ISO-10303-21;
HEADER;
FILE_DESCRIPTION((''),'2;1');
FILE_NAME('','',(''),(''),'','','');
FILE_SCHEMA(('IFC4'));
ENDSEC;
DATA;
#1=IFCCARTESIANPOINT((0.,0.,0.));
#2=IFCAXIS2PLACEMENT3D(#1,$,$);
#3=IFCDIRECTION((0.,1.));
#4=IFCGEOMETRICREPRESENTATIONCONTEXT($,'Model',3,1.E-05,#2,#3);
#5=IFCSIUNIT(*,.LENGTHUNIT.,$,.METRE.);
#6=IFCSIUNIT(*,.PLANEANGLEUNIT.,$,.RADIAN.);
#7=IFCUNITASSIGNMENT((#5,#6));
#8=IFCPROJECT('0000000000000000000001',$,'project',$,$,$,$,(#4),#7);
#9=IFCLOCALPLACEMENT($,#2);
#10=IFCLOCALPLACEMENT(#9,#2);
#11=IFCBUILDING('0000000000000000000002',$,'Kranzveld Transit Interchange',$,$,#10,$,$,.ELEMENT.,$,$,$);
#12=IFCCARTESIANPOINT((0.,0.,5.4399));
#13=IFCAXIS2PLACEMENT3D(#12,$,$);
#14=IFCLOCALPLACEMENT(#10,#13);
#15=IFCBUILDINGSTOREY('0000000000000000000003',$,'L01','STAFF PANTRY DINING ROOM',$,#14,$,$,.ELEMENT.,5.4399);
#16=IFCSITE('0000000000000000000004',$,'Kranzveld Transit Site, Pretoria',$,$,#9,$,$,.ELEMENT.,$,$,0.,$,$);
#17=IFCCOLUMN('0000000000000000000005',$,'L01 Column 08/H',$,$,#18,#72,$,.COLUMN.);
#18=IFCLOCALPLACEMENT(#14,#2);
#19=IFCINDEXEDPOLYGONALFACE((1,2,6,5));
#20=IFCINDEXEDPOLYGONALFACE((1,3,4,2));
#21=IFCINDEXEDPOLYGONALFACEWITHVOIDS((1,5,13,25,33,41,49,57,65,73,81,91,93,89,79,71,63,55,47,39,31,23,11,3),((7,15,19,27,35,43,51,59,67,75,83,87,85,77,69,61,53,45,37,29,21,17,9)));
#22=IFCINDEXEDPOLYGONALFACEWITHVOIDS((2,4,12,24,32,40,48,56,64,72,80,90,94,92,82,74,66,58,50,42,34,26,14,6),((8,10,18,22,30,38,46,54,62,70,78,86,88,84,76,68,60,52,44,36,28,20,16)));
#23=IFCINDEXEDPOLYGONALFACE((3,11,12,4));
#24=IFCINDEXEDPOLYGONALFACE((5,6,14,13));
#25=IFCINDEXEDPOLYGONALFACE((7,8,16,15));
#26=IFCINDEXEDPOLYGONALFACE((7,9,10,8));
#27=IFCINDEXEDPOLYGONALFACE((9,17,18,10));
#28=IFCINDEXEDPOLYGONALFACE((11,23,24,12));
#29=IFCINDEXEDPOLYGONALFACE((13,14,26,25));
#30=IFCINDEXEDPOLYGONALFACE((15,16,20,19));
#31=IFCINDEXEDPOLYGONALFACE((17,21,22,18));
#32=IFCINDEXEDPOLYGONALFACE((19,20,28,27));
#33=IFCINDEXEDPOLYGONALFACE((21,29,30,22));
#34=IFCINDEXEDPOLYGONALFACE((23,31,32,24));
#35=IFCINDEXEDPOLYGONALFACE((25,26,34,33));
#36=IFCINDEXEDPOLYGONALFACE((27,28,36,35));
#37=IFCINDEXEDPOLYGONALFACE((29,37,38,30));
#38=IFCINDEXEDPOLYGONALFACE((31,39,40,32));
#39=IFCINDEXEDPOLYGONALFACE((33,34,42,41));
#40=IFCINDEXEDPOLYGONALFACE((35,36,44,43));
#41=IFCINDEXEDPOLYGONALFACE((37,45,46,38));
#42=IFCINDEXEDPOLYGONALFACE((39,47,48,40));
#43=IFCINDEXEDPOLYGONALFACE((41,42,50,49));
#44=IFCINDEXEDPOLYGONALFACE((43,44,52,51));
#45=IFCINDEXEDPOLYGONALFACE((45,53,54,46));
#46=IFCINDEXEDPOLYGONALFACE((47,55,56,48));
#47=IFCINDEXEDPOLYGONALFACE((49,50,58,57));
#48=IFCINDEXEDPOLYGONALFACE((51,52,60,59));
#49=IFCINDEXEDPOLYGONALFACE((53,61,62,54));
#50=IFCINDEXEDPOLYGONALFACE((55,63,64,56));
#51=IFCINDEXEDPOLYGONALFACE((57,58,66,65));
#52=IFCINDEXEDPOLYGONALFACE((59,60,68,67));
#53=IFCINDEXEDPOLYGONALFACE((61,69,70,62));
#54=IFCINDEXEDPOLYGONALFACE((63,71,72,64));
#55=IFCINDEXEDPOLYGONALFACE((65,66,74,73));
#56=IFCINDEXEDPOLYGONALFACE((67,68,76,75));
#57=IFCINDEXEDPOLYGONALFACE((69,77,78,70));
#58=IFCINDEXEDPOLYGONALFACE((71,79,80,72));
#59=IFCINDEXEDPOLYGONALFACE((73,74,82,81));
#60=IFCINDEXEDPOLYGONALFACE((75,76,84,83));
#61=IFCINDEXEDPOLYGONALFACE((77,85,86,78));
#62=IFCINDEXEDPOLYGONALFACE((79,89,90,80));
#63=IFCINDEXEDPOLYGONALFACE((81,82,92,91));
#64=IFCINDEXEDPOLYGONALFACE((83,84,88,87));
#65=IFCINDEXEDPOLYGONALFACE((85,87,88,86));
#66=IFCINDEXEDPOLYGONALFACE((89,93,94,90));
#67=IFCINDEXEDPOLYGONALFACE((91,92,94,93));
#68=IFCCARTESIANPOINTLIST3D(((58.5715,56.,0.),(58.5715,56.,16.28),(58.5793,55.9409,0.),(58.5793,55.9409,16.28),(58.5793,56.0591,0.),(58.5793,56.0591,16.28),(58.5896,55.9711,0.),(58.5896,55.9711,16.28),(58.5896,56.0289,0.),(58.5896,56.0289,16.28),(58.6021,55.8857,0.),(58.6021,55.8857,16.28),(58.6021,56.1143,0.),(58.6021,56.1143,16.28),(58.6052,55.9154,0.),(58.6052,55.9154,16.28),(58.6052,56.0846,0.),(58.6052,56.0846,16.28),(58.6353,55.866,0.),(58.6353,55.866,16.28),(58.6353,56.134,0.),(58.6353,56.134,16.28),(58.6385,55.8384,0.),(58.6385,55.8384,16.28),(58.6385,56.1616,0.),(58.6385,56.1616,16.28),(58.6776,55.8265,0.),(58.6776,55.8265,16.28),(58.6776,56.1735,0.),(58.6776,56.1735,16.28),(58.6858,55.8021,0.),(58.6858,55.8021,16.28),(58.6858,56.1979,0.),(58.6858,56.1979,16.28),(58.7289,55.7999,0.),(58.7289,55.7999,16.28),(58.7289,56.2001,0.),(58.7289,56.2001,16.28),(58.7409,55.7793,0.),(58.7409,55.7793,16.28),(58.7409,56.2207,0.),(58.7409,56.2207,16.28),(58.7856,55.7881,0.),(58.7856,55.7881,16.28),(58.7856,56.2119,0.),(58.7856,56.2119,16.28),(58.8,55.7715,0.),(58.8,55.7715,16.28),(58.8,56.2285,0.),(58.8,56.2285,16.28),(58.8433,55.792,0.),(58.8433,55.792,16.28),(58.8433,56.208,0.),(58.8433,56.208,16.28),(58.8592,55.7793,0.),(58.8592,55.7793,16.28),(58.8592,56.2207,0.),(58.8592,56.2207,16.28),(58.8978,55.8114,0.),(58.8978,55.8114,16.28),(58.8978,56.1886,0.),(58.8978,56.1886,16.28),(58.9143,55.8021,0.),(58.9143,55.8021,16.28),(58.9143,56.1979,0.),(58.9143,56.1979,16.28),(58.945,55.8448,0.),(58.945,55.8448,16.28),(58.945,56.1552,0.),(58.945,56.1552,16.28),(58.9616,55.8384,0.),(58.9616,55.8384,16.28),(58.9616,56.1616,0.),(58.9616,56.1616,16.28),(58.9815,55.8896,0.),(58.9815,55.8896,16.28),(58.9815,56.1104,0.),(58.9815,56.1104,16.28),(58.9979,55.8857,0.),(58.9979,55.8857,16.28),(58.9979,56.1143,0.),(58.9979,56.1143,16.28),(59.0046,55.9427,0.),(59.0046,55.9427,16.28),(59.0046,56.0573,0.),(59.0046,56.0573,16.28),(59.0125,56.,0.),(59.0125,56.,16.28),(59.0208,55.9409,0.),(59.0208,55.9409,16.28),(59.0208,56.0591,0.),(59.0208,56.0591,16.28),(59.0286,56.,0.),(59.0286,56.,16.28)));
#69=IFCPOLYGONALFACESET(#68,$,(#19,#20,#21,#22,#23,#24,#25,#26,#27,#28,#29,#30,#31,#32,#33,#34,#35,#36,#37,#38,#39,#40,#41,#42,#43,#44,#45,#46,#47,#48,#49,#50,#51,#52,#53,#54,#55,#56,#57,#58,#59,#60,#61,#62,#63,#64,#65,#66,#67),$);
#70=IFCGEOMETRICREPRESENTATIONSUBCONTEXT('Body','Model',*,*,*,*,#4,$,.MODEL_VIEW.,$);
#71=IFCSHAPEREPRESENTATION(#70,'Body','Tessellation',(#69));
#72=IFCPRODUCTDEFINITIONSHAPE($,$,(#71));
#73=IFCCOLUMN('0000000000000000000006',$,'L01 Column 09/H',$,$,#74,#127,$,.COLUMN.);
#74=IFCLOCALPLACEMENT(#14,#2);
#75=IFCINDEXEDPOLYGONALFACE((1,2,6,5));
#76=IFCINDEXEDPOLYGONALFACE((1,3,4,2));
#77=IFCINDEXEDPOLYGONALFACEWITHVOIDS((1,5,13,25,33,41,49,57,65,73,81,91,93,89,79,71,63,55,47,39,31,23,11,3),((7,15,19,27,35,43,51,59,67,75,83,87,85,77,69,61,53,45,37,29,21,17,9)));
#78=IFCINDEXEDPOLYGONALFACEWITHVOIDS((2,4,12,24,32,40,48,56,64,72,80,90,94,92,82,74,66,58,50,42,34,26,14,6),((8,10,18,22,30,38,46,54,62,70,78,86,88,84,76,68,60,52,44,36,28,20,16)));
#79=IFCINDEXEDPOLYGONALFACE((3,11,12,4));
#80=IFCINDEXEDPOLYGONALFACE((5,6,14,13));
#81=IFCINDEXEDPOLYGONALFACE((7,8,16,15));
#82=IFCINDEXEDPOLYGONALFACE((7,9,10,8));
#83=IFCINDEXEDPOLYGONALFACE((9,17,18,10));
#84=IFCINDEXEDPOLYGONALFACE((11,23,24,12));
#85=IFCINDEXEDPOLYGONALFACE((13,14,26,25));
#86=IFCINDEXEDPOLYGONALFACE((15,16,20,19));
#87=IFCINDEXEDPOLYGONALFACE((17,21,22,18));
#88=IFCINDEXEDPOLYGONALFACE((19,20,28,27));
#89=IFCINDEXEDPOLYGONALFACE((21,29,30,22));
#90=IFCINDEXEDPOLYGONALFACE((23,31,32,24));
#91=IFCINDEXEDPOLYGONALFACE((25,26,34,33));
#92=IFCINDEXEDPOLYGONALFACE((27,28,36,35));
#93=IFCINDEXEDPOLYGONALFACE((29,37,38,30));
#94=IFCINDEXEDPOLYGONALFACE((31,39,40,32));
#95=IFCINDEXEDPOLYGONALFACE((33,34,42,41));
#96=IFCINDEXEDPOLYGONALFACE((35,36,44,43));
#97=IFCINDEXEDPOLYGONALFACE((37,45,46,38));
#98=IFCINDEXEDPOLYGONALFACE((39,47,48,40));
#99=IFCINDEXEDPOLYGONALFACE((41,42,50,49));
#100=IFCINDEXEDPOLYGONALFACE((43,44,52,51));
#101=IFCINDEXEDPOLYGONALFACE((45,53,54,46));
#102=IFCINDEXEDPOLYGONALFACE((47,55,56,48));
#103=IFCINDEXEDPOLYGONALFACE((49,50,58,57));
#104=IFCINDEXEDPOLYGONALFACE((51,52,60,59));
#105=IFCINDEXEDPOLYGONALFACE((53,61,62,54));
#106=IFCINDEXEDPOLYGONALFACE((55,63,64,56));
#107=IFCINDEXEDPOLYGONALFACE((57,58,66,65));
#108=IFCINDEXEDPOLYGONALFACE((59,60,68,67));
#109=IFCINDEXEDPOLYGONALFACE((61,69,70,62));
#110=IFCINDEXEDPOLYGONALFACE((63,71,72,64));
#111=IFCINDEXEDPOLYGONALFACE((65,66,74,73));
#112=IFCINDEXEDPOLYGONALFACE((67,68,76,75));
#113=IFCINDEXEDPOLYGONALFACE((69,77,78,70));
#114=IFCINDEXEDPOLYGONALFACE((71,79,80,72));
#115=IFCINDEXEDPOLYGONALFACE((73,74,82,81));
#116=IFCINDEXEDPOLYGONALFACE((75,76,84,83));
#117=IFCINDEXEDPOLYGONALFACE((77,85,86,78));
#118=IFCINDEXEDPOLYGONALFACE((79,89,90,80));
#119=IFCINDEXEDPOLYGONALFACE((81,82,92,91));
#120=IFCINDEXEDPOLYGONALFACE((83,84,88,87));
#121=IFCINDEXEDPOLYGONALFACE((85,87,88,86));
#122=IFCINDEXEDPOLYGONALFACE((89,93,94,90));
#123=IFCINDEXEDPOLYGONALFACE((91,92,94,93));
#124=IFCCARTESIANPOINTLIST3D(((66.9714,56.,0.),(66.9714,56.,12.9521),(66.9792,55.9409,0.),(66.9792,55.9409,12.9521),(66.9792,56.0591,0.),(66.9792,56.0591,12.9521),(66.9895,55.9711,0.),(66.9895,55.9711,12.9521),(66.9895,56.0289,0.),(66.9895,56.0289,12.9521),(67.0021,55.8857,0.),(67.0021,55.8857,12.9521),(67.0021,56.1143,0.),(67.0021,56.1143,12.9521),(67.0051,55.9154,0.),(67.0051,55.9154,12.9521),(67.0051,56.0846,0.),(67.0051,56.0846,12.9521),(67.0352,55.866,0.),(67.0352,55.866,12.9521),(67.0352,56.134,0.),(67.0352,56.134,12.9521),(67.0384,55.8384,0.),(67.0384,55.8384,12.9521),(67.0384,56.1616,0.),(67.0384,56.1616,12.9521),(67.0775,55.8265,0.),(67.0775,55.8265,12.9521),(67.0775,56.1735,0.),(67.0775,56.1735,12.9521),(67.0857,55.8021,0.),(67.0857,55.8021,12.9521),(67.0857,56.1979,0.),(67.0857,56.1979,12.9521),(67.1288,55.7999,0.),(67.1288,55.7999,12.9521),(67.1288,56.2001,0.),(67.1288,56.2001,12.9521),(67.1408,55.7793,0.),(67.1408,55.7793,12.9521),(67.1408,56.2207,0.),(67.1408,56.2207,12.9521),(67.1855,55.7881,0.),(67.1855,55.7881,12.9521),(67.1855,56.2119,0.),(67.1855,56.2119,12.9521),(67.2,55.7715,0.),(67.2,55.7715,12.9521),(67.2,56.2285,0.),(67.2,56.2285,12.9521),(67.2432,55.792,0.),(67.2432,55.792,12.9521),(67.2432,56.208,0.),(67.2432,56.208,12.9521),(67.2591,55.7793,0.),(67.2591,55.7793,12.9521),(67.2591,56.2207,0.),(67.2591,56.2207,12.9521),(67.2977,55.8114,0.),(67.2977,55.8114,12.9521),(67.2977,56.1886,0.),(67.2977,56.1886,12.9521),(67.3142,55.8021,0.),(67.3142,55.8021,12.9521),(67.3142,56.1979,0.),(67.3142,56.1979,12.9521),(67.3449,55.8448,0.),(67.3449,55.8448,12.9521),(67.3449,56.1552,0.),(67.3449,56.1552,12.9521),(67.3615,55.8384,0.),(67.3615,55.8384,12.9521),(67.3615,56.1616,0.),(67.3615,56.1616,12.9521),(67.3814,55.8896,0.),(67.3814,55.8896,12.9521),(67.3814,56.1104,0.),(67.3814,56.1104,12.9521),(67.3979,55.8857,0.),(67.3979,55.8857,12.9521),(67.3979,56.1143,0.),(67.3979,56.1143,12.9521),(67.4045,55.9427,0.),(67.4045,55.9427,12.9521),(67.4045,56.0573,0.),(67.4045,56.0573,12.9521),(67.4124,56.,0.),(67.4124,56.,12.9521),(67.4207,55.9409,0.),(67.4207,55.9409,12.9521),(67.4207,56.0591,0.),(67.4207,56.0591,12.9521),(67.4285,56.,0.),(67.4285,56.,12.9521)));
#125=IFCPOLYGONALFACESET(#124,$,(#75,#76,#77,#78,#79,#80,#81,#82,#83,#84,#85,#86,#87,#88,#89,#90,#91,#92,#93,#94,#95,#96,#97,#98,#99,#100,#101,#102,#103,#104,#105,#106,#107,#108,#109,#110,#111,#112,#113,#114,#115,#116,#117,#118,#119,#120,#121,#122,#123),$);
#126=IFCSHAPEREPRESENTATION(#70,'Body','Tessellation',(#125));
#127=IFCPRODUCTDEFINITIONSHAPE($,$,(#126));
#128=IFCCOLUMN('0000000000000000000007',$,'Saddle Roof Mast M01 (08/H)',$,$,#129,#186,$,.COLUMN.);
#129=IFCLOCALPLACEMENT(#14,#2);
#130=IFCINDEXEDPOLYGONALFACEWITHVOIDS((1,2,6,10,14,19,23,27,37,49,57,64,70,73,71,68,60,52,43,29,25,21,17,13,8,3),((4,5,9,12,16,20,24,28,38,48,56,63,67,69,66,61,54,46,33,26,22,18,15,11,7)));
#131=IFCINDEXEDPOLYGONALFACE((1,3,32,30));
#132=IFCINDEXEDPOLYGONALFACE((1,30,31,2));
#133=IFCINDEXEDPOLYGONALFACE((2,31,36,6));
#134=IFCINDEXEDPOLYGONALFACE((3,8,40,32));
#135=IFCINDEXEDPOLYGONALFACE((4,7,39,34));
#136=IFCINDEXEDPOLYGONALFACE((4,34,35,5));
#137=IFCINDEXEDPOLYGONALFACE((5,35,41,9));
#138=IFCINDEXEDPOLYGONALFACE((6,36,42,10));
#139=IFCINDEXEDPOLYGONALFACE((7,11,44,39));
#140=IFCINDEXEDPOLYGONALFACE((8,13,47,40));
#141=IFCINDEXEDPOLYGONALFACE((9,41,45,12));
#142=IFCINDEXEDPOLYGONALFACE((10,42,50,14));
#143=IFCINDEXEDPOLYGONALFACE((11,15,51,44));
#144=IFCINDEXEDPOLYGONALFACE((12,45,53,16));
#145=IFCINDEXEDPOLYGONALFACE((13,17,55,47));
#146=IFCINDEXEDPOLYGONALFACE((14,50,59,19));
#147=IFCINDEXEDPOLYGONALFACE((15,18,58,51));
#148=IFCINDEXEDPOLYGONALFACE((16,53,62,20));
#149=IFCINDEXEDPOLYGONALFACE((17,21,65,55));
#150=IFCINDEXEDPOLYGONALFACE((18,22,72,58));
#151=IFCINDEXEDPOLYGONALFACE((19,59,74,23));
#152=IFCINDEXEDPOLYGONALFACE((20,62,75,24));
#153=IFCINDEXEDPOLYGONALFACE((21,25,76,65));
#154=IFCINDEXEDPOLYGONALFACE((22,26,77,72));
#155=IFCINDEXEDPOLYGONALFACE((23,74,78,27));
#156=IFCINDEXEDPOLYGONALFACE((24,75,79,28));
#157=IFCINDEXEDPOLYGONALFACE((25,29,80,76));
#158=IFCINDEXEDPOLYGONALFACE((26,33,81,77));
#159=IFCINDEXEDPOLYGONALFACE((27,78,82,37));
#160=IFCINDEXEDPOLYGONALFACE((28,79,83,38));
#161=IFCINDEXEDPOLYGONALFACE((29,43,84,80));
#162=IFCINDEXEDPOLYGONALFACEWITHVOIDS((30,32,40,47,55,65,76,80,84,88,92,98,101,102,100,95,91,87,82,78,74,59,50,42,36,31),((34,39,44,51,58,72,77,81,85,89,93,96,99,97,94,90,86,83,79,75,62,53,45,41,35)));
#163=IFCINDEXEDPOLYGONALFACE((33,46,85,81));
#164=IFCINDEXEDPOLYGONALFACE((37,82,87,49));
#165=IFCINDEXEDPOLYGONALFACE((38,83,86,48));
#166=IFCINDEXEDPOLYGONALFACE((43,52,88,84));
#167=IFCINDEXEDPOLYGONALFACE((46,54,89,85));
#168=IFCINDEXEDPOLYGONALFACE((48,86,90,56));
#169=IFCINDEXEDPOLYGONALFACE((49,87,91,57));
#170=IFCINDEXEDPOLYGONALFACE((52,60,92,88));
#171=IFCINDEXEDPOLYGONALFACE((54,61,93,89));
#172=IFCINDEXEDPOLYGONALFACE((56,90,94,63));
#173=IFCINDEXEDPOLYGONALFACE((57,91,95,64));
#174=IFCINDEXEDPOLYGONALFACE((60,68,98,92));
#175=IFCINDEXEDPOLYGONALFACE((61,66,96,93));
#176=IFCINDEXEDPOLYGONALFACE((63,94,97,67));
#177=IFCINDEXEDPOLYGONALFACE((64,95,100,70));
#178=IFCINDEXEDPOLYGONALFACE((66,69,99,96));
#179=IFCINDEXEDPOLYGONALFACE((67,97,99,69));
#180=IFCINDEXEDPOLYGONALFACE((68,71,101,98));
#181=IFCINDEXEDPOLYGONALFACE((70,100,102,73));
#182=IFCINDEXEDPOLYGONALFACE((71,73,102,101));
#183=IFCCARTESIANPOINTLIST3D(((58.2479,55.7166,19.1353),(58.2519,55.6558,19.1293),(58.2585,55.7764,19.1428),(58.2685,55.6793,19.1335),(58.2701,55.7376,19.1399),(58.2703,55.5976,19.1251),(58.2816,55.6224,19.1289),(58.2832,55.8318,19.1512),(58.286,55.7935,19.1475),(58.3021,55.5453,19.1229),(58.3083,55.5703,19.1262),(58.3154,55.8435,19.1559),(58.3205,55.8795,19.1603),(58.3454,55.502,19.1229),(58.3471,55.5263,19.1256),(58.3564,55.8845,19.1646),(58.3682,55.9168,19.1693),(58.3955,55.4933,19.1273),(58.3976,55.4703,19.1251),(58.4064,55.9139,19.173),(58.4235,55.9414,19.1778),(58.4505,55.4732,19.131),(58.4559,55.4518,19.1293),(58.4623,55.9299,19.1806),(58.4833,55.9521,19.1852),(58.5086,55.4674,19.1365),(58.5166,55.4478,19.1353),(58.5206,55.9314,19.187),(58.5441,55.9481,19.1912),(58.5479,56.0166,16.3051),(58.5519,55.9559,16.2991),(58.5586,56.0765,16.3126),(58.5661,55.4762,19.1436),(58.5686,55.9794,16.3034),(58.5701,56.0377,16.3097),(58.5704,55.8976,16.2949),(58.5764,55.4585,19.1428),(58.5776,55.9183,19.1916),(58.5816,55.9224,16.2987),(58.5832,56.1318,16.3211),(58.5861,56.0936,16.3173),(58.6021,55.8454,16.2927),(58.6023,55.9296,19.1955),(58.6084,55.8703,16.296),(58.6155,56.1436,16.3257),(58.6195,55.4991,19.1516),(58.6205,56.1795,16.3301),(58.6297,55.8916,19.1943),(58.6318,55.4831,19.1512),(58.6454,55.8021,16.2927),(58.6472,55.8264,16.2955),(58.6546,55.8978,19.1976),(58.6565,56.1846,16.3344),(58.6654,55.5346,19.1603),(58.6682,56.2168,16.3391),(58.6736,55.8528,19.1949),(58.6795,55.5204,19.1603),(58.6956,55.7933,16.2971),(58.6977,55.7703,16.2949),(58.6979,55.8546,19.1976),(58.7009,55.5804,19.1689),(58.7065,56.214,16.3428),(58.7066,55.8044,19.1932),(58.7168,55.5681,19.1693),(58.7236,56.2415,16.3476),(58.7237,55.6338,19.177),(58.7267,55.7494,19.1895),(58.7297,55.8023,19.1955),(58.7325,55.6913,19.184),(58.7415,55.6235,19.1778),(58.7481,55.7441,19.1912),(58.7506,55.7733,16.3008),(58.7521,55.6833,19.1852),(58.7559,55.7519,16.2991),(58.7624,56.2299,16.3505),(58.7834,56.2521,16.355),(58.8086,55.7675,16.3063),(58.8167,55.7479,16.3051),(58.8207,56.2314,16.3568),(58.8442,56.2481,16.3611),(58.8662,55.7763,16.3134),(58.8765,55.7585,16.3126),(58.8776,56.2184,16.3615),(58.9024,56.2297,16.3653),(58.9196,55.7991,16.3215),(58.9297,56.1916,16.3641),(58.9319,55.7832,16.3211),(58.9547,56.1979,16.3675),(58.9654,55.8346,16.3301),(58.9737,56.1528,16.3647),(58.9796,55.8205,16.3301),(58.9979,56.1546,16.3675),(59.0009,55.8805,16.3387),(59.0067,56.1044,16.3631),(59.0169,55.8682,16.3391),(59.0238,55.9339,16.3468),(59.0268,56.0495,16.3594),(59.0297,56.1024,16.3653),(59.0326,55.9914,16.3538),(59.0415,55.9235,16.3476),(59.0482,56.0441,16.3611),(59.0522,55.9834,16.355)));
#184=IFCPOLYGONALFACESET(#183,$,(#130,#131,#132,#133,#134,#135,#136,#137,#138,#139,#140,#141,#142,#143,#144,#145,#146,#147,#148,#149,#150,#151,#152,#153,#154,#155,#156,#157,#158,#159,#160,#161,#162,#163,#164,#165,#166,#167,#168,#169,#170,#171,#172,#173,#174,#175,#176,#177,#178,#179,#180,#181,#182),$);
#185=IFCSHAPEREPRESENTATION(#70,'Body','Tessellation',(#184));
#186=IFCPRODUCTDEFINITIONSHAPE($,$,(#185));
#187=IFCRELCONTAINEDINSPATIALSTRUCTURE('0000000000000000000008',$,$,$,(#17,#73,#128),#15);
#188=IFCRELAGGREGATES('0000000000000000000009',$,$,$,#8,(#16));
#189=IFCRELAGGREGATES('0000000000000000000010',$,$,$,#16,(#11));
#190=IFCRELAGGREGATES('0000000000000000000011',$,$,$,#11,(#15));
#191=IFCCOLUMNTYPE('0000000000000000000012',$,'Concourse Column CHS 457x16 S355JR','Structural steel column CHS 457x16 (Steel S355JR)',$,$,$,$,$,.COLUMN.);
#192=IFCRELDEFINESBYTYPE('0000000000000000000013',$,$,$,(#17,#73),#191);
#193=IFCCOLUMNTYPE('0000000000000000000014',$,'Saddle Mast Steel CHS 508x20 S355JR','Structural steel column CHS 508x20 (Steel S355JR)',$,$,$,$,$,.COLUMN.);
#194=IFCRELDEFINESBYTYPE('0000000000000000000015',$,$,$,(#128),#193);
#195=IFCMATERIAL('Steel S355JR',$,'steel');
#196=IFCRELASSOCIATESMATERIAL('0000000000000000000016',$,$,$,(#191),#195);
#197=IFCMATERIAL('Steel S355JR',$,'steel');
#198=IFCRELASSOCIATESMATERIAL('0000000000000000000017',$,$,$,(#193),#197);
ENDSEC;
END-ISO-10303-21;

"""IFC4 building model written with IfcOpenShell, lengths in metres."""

from ifc_helpers import new_model, si_unit, direction, frame, origin, origin_2d, place, context, subcontext, project, spatial, hollow_circle, extrude, material, material_profile, profile_set, type_object, element, save


model = new_model("IFC4")

# Units and contexts
model_context = context("Model", 3, precision=1e-05, world=origin(), true_north=direction((0.0, 1.0)))
body_context = subcontext(model_context, "Body", "Model", "MODEL_VIEW")
ifc_project = project(units=[si_unit("LENGTHUNIT", "METRE"), si_unit("PLANEANGLEUNIT", "RADIAN")], contexts=[model_context])

# Site, building, storey
site_placement = place(None, origin())
site = spatial("IfcSite", under=ifc_project, at=site_placement, Name="Kranzveld Transit Site, Pretoria", CompositionType="ELEMENT", RefElevation=0.0)
building_placement = place(site_placement, origin())
building = spatial("IfcBuilding", under=site, at=building_placement, Name="Kranzveld Transit Interchange", CompositionType="ELEMENT")
storey_placement = place(building_placement, frame((0.0, 0.0, 5.4399)))
storey = spatial("IfcBuildingStorey", under=building, at=storey_placement, Name="L01", Description="STAFF PANTRY DINING ROOM", CompositionType="ELEMENT", Elevation=5.4399)

# Columns
ifc_material_1 = material(Name="Steel S355JR", Category="steel")
ifc_material_profile_1 = material_profile(ifc_material_1, hollow_circle(Radius=0.2285, WallThickness=0.0161, at=origin_2d()), Name="CHS 457x16")
ifc_profile_set_1 = profile_set([ifc_material_profile_1], Name="Steel S355JR")
column_type_1 = type_object("IfcColumnType", Name="Concourse Column CHS 457x16 S355JR", Description="Structural steel column CHS 457x16 (Steel S355JR)", PredefinedType="COLUMN", material=ifc_profile_set_1)
column_1_placement = place(storey_placement, frame((58.8, 56.0, 0.0), z_axis=(0.0, 0.0, 1.0), x_axis=(1.0, 0.0, 0.0)))
element("IfcColumn", 1, at=column_1_placement, inside=storey, type_object=column_type_1, Name="L01 Column 08/H", PredefinedType="COLUMN", context=body_context, shape_type="SweptSolid", body=[
    extrude(hollow_circle(Radius=0.2285, WallThickness=0.0161, at=origin_2d()), origin(), (0.0, 0.0, 1.0), 16.28),
])
column_2_placement = place(storey_placement, frame((67.2, 56.0, 0.0), z_axis=(0.0, 0.0, 1.0), x_axis=(1.0, 0.0, 0.0)))
element("IfcColumn", 2, at=column_2_placement, inside=storey, type_object=column_type_1, Name="L01 Column 09/H", PredefinedType="COLUMN", context=body_context, shape_type="SweptSolid", body=[
    extrude(hollow_circle(Radius=0.2285, WallThickness=0.0161, at=origin_2d()), origin(), (0.0, 0.0, 1.0), 12.9521),
])
ifc_material_2 = material(Name="Steel S355JR", Category="steel")
ifc_material_profile_2 = material_profile(ifc_material_2, hollow_circle(Radius=0.2539, WallThickness=0.02, at=origin_2d()), Name="CHS 508x20")
ifc_profile_set_2 = profile_set([ifc_material_profile_2], Name="Steel S355JR")
column_type_2 = type_object("IfcColumnType", Name="Saddle Mast Steel CHS 508x20 S355JR", Description="Structural steel column CHS 508x20 (Steel S355JR)", PredefinedType="COLUMN", material=ifc_profile_set_2)
column_3_placement = place(storey_placement, frame((58.8, 56.0, 16.3301), z_axis=(-0.104849, -0.104849, 0.988946), x_axis=(0.707107, -0.707107, 0.0)))
element("IfcColumn", 3, at=column_3_placement, inside=storey, type_object=column_type_2, Name="Saddle Roof Mast M01 (08/H)", PredefinedType="COLUMN", context=body_context, shape_type="SweptSolid", body=[
    extrude(hollow_circle(Radius=0.2539, WallThickness=0.02, at=origin_2d()), origin(), (0.0, 0.0, 1.0), 2.8618),
])

save(model, "model.ifc")
